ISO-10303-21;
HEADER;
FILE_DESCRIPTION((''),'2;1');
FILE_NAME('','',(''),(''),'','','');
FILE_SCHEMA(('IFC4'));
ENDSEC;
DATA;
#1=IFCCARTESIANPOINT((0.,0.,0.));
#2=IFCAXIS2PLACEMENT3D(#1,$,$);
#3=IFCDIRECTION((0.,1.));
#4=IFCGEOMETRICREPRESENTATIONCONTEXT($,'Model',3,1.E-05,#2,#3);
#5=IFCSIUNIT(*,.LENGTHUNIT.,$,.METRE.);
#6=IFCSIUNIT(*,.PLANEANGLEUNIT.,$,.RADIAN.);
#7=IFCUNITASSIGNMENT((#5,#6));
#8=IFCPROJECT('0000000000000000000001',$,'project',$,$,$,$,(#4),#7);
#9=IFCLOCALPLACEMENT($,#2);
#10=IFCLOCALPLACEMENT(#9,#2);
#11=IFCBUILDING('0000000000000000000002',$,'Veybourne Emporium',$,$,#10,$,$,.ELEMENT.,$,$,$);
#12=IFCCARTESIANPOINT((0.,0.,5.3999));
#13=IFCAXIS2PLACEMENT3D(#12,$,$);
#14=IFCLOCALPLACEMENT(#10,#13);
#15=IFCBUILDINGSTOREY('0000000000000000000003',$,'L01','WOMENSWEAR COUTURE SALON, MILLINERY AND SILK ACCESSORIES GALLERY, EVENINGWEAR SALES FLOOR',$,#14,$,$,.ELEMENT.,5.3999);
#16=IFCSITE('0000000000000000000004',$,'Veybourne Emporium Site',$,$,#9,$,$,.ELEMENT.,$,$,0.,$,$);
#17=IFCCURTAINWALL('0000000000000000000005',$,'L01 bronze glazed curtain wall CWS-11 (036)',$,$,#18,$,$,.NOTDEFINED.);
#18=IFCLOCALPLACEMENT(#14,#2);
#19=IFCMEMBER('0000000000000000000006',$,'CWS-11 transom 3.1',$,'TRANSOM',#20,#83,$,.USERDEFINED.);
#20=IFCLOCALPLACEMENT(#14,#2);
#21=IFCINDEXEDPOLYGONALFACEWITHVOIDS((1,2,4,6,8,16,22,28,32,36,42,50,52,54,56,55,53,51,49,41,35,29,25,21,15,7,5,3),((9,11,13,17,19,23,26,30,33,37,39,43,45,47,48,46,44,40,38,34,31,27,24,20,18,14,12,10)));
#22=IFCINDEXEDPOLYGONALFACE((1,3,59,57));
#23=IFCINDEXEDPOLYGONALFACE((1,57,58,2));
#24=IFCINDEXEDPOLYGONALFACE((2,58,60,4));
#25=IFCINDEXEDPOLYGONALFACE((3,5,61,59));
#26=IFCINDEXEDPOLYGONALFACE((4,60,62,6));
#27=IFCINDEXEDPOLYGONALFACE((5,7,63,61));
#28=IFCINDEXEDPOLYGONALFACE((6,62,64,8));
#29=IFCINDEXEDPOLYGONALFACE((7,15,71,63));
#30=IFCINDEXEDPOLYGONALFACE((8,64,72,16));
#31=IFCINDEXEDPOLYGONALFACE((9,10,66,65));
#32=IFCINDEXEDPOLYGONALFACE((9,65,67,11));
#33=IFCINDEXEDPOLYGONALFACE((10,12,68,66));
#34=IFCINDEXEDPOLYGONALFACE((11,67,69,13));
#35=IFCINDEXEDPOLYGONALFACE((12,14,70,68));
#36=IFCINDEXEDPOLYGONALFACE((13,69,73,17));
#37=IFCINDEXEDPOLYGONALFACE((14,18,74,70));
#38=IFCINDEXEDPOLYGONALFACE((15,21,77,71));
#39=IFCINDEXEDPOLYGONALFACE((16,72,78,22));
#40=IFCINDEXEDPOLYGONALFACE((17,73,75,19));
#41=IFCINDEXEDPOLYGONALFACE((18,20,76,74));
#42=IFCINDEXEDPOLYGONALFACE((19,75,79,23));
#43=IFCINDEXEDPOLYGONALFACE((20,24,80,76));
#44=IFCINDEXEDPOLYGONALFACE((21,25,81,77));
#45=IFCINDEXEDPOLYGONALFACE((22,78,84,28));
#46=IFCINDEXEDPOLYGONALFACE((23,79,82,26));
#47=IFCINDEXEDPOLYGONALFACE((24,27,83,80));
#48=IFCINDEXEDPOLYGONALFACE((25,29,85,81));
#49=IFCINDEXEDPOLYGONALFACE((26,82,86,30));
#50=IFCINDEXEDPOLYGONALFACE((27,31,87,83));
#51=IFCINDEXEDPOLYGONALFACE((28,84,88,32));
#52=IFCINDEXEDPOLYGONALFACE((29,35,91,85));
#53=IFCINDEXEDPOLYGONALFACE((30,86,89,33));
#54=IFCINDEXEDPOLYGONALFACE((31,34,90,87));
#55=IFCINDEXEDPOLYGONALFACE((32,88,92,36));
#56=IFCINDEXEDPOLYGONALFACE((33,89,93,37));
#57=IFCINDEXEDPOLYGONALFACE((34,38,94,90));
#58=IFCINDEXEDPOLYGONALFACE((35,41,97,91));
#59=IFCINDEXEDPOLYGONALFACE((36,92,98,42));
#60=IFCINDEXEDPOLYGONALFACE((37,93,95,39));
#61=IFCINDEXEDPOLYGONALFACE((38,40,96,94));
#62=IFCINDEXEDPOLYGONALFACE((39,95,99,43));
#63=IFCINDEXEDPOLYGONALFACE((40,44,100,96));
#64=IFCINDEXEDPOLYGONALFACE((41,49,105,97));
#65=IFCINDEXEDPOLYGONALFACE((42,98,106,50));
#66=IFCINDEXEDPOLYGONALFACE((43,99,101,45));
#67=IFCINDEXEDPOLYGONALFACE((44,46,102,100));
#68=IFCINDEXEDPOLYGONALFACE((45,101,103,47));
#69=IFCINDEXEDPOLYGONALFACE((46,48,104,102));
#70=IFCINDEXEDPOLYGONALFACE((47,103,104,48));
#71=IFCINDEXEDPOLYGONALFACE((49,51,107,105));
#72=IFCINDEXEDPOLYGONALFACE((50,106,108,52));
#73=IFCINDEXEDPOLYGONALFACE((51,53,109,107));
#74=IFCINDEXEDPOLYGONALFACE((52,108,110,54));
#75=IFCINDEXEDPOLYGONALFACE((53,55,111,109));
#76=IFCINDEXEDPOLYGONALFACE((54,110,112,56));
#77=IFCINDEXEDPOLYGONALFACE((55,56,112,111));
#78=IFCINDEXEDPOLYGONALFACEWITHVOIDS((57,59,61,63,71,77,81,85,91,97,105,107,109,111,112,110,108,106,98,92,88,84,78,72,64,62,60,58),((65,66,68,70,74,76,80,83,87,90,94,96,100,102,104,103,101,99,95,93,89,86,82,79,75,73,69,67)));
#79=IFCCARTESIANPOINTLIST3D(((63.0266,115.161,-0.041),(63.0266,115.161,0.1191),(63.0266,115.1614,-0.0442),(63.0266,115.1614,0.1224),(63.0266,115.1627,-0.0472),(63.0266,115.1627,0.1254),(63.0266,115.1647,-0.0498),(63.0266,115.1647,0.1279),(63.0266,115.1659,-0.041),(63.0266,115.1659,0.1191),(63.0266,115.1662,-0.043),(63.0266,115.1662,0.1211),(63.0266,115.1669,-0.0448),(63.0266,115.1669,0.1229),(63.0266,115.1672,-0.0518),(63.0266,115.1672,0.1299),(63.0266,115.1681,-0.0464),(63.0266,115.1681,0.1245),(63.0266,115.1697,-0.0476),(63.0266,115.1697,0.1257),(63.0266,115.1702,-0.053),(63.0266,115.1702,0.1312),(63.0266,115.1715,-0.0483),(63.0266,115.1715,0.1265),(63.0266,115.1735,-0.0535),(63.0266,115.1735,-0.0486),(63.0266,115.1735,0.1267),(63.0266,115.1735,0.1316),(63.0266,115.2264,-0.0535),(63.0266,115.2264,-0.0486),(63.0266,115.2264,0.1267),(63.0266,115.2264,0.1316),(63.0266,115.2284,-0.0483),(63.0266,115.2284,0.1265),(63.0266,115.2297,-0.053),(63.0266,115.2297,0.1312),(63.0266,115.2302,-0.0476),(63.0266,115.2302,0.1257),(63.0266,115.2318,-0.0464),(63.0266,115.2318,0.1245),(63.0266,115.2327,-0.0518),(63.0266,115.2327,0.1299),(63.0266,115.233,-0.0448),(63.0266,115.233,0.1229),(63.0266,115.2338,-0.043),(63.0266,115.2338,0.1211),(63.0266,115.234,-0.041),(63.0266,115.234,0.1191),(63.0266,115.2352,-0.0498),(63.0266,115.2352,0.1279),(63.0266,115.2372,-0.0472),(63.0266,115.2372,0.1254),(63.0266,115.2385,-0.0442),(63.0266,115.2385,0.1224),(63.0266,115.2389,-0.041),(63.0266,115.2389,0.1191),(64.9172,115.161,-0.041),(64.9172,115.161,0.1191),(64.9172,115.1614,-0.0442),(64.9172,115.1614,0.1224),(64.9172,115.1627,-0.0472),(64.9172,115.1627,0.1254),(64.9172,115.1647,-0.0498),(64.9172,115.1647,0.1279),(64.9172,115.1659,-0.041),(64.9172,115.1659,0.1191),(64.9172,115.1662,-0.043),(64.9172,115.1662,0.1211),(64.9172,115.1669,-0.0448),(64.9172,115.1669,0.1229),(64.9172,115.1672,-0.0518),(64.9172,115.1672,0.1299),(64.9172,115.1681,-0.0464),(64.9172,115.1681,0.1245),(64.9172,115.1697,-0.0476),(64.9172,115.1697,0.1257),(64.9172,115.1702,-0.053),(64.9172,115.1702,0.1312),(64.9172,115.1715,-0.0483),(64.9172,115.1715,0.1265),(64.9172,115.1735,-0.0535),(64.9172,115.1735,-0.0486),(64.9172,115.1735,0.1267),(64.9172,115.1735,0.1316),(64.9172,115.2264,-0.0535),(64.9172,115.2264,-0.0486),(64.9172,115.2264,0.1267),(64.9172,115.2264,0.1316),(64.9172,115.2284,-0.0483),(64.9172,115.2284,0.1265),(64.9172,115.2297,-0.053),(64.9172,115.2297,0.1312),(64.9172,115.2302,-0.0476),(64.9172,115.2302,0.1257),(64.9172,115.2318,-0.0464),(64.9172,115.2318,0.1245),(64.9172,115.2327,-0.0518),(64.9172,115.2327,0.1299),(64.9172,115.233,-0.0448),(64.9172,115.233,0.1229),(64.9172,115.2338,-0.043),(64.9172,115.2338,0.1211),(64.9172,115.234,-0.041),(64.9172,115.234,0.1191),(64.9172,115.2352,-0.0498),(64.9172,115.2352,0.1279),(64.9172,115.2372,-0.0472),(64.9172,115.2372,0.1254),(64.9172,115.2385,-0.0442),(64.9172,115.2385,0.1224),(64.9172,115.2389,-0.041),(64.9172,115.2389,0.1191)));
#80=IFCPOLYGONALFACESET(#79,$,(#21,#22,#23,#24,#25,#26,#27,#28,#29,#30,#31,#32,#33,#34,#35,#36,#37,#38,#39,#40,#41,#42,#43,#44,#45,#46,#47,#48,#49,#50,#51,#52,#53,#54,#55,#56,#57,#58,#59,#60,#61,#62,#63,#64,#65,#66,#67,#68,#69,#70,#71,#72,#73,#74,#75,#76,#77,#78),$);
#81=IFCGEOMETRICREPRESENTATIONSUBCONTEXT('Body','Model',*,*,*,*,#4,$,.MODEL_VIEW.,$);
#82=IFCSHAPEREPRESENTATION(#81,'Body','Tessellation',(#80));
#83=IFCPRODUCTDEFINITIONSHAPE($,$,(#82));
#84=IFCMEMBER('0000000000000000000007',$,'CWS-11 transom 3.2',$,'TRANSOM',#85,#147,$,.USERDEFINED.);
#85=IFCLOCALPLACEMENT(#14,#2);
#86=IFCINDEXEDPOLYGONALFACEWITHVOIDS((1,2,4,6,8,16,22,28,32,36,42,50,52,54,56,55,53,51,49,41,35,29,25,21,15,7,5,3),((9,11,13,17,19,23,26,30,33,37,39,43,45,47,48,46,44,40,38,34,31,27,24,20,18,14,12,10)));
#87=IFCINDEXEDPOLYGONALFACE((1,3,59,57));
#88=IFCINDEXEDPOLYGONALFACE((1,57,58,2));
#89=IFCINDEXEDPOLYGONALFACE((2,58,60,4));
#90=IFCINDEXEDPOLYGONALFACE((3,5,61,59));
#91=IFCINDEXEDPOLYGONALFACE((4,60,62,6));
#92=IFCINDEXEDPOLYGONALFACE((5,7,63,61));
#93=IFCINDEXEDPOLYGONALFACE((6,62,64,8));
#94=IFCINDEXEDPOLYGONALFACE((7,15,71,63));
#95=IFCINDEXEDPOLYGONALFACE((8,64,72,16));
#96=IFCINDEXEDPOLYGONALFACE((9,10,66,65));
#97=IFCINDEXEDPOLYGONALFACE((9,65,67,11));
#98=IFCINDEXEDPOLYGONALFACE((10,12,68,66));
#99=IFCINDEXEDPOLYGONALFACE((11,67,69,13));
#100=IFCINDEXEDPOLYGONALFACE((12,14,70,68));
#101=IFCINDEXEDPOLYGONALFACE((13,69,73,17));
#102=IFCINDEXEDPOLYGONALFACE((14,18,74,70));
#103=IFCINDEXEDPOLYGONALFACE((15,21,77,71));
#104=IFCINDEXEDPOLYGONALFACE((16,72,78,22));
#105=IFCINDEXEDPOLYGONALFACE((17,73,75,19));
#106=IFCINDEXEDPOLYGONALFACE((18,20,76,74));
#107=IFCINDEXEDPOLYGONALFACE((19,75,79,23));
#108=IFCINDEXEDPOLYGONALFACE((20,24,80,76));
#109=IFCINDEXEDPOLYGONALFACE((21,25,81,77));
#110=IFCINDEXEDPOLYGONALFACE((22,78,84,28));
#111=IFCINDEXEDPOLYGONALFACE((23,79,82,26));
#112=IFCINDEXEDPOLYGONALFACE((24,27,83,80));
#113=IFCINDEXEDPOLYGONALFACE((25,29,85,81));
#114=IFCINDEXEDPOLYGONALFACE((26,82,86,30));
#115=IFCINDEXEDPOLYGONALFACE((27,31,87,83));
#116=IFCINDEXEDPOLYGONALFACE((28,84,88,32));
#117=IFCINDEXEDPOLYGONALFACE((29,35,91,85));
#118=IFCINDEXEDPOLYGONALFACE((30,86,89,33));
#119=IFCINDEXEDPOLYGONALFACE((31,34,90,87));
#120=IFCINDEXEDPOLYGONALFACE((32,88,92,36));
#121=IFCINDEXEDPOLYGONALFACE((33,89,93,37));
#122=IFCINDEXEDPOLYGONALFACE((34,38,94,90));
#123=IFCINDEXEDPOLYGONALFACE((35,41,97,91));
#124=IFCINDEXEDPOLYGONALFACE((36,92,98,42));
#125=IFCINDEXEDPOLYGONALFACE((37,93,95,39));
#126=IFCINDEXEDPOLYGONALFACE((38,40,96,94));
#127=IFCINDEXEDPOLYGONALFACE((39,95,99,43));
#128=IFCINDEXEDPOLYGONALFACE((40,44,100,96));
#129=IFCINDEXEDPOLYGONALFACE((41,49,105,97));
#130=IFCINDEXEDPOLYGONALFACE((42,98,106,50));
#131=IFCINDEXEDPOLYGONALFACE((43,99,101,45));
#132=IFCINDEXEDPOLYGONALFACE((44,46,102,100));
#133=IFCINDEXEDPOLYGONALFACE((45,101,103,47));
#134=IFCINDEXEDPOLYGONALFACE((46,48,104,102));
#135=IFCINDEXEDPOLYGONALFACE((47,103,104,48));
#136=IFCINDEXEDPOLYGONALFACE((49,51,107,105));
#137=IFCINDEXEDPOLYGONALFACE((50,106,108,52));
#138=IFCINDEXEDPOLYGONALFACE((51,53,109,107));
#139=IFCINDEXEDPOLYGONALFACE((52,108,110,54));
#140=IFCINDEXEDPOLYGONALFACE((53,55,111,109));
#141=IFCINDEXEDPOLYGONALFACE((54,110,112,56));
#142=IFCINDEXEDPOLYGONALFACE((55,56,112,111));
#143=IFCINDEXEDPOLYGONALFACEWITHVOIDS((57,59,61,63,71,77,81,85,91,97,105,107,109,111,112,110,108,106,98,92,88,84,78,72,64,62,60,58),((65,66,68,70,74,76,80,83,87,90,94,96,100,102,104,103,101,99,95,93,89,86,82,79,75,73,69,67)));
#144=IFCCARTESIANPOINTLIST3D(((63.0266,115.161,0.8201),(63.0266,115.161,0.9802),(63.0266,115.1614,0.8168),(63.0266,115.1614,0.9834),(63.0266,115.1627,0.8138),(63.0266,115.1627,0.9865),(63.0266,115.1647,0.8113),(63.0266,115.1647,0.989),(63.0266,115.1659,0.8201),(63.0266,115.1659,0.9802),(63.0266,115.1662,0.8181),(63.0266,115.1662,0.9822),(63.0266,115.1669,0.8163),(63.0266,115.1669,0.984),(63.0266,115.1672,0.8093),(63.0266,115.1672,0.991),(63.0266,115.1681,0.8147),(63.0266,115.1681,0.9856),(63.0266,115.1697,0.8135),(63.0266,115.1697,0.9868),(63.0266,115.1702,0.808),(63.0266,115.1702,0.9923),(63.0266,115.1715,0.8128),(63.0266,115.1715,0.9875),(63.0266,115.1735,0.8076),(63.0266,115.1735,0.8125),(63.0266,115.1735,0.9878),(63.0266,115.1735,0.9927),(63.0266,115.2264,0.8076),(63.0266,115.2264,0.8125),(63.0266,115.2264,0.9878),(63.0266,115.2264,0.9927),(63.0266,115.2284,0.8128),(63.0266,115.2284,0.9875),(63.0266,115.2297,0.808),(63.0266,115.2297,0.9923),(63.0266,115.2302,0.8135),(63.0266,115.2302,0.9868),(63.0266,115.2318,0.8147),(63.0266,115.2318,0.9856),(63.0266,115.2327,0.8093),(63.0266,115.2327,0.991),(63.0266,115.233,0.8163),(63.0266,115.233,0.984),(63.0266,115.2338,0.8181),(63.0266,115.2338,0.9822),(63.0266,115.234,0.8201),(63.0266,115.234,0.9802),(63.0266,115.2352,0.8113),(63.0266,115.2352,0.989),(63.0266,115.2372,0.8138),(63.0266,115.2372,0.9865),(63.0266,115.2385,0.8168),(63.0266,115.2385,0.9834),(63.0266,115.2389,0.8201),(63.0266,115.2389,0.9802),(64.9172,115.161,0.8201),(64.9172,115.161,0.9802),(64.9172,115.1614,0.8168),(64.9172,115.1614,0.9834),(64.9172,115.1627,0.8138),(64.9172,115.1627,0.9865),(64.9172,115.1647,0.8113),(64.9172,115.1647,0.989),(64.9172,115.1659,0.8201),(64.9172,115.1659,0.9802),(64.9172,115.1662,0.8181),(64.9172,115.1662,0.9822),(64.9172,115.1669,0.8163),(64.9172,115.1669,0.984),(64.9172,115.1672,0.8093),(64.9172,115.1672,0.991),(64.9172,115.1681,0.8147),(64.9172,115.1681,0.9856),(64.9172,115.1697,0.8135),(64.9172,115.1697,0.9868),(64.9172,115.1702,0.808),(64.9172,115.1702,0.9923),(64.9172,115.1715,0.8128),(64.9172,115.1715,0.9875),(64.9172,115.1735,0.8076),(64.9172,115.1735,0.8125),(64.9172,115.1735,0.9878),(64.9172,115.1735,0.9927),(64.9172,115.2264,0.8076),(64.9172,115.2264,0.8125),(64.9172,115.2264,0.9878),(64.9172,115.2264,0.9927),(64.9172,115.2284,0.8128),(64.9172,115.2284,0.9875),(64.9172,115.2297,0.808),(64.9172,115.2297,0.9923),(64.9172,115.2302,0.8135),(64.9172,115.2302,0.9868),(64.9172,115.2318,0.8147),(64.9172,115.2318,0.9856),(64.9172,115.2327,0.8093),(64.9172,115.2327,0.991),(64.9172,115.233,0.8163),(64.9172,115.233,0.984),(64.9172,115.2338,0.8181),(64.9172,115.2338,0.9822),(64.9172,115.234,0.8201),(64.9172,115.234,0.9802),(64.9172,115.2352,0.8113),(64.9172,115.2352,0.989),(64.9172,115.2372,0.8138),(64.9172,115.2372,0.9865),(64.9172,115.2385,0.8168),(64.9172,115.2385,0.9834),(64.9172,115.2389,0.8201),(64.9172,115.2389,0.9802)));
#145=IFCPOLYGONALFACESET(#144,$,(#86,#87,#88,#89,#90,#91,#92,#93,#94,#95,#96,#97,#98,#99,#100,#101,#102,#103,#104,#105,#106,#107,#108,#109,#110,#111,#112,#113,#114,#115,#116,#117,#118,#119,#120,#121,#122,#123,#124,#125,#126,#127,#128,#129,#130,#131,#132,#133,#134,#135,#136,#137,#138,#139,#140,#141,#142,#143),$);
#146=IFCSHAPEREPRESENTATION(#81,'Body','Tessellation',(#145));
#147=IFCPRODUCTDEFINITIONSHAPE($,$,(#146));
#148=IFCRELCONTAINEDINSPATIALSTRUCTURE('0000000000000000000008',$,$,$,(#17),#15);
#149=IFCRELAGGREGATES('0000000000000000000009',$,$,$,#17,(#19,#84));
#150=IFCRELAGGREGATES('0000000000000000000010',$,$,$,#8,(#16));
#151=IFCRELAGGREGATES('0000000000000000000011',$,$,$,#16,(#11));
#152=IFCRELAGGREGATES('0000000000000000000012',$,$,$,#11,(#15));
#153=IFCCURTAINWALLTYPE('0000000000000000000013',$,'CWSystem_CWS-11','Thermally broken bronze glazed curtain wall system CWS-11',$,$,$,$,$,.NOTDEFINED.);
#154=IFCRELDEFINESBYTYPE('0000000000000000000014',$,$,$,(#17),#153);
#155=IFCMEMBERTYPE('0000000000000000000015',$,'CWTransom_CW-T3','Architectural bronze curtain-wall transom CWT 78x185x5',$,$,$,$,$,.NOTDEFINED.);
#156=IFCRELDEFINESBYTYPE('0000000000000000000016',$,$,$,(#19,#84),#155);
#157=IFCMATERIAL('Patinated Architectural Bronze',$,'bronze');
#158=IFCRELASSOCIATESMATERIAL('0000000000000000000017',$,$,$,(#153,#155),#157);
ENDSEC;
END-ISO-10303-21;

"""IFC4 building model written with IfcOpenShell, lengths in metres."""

from ifc_helpers import new_model, si_unit, direction, frame, origin, origin_2d, place, context, subcontext, project, spatial, hollow_rectangle, extrude, material, material_profile, profile_set, type_object, element, aggregate, save


model = new_model("IFC4")

# Units and contexts
model_context = context("Model", 3, precision=1e-05, world=origin(), true_north=direction((0.0, 1.0)))
body_context = subcontext(model_context, "Body", "Model", "MODEL_VIEW")
ifc_project = project(units=[si_unit("LENGTHUNIT", "METRE"), si_unit("PLANEANGLEUNIT", "RADIAN")], contexts=[model_context])

# Site, building, storey
site_placement = place(None, origin())
site = spatial("IfcSite", under=ifc_project, at=site_placement, Name="Veybourne Emporium Site", CompositionType="ELEMENT", RefElevation=0.0)
building_placement = place(site_placement, origin())
building = spatial("IfcBuilding", under=site, at=building_placement, Name="Veybourne Emporium", CompositionType="ELEMENT")
storey_placement = place(building_placement, frame((0.0, 0.0, 5.3999)))
storey = spatial("IfcBuildingStorey", under=building, at=storey_placement, Name="L01", Description="WOMENSWEAR COUTURE SALON, MILLINERY AND SILK ACCESSORIES GALLERY, EVENINGWEAR SALES FLOOR", CompositionType="ELEMENT", Elevation=5.3999)

# Curtain wall, members
ifc_material_1 = material(Name="Patinated Architectural Bronze", Category="bronze")
curtain_wall_type = type_object("IfcCurtainWallType", Name="CWSystem_CWS-11", Description="Thermally broken bronze glazed curtain wall system CWS-11", PredefinedType="NOTDEFINED", material=ifc_material_1)
curtain_wall_placement = place(storey_placement, origin())
curtain_wall = element("IfcCurtainWall", 1, at=curtain_wall_placement, inside=storey, type_object=curtain_wall_type, Name="L01 bronze glazed curtain wall CWS-11 (036)", PredefinedType="NOTDEFINED")
ifc_material_profile_1 = material_profile(ifc_material_1, hollow_rectangle(XDim=0.0779, YDim=0.1851, WallThickness=0.0049, InnerFilletRadius=0.0076, OuterFilletRadius=0.0125, at=origin_2d()), Name="CWT 78x185x5")
ifc_profile_set_1 = profile_set([ifc_material_profile_1], Name="Patinated Architectural Bronze")
member_type_1 = type_object("IfcMemberType", Name="CWTransom_CW-T3", Description="Architectural bronze curtain-wall transom CWT 78x185x5", PredefinedType="NOTDEFINED", material=ifc_profile_set_1)
member_1_placement = place(storey_placement, frame((63.0266, 115.2, 0.0391), z_axis=(1.0, 0.0, 0.0), x_axis=(0.0, 1.0, 0.0)))
member_1 = element("IfcMember", 2, at=member_1_placement, type_object=member_type_1, Name="CWS-11 transom 3.1", ObjectType="TRANSOM", PredefinedType="USERDEFINED", context=body_context, shape_type="SweptSolid", body=[
    extrude(hollow_rectangle(XDim=0.0779, YDim=0.1851, WallThickness=0.0049, InnerFilletRadius=0.0076, OuterFilletRadius=0.0125, at=origin_2d()), origin(), (0.0, 0.0, 1.0), 1.8906),
])
member_2_placement = place(storey_placement, frame((63.0266, 115.2, 0.9001), z_axis=(1.0, 0.0, 0.0), x_axis=(0.0, 1.0, 0.0)))
member_2 = element("IfcMember", 3, at=member_2_placement, type_object=member_type_1, Name="CWS-11 transom 3.2", ObjectType="TRANSOM", PredefinedType="USERDEFINED", context=body_context, shape_type="SweptSolid", body=[
    extrude(hollow_rectangle(XDim=0.0779, YDim=0.1851, WallThickness=0.0049, InnerFilletRadius=0.0076, OuterFilletRadius=0.0125, at=origin_2d()), origin(), (0.0, 0.0, 1.0), 1.8906),
])

aggregate(curtain_wall, [member_1, member_2])

save(model, "model.ifc")
